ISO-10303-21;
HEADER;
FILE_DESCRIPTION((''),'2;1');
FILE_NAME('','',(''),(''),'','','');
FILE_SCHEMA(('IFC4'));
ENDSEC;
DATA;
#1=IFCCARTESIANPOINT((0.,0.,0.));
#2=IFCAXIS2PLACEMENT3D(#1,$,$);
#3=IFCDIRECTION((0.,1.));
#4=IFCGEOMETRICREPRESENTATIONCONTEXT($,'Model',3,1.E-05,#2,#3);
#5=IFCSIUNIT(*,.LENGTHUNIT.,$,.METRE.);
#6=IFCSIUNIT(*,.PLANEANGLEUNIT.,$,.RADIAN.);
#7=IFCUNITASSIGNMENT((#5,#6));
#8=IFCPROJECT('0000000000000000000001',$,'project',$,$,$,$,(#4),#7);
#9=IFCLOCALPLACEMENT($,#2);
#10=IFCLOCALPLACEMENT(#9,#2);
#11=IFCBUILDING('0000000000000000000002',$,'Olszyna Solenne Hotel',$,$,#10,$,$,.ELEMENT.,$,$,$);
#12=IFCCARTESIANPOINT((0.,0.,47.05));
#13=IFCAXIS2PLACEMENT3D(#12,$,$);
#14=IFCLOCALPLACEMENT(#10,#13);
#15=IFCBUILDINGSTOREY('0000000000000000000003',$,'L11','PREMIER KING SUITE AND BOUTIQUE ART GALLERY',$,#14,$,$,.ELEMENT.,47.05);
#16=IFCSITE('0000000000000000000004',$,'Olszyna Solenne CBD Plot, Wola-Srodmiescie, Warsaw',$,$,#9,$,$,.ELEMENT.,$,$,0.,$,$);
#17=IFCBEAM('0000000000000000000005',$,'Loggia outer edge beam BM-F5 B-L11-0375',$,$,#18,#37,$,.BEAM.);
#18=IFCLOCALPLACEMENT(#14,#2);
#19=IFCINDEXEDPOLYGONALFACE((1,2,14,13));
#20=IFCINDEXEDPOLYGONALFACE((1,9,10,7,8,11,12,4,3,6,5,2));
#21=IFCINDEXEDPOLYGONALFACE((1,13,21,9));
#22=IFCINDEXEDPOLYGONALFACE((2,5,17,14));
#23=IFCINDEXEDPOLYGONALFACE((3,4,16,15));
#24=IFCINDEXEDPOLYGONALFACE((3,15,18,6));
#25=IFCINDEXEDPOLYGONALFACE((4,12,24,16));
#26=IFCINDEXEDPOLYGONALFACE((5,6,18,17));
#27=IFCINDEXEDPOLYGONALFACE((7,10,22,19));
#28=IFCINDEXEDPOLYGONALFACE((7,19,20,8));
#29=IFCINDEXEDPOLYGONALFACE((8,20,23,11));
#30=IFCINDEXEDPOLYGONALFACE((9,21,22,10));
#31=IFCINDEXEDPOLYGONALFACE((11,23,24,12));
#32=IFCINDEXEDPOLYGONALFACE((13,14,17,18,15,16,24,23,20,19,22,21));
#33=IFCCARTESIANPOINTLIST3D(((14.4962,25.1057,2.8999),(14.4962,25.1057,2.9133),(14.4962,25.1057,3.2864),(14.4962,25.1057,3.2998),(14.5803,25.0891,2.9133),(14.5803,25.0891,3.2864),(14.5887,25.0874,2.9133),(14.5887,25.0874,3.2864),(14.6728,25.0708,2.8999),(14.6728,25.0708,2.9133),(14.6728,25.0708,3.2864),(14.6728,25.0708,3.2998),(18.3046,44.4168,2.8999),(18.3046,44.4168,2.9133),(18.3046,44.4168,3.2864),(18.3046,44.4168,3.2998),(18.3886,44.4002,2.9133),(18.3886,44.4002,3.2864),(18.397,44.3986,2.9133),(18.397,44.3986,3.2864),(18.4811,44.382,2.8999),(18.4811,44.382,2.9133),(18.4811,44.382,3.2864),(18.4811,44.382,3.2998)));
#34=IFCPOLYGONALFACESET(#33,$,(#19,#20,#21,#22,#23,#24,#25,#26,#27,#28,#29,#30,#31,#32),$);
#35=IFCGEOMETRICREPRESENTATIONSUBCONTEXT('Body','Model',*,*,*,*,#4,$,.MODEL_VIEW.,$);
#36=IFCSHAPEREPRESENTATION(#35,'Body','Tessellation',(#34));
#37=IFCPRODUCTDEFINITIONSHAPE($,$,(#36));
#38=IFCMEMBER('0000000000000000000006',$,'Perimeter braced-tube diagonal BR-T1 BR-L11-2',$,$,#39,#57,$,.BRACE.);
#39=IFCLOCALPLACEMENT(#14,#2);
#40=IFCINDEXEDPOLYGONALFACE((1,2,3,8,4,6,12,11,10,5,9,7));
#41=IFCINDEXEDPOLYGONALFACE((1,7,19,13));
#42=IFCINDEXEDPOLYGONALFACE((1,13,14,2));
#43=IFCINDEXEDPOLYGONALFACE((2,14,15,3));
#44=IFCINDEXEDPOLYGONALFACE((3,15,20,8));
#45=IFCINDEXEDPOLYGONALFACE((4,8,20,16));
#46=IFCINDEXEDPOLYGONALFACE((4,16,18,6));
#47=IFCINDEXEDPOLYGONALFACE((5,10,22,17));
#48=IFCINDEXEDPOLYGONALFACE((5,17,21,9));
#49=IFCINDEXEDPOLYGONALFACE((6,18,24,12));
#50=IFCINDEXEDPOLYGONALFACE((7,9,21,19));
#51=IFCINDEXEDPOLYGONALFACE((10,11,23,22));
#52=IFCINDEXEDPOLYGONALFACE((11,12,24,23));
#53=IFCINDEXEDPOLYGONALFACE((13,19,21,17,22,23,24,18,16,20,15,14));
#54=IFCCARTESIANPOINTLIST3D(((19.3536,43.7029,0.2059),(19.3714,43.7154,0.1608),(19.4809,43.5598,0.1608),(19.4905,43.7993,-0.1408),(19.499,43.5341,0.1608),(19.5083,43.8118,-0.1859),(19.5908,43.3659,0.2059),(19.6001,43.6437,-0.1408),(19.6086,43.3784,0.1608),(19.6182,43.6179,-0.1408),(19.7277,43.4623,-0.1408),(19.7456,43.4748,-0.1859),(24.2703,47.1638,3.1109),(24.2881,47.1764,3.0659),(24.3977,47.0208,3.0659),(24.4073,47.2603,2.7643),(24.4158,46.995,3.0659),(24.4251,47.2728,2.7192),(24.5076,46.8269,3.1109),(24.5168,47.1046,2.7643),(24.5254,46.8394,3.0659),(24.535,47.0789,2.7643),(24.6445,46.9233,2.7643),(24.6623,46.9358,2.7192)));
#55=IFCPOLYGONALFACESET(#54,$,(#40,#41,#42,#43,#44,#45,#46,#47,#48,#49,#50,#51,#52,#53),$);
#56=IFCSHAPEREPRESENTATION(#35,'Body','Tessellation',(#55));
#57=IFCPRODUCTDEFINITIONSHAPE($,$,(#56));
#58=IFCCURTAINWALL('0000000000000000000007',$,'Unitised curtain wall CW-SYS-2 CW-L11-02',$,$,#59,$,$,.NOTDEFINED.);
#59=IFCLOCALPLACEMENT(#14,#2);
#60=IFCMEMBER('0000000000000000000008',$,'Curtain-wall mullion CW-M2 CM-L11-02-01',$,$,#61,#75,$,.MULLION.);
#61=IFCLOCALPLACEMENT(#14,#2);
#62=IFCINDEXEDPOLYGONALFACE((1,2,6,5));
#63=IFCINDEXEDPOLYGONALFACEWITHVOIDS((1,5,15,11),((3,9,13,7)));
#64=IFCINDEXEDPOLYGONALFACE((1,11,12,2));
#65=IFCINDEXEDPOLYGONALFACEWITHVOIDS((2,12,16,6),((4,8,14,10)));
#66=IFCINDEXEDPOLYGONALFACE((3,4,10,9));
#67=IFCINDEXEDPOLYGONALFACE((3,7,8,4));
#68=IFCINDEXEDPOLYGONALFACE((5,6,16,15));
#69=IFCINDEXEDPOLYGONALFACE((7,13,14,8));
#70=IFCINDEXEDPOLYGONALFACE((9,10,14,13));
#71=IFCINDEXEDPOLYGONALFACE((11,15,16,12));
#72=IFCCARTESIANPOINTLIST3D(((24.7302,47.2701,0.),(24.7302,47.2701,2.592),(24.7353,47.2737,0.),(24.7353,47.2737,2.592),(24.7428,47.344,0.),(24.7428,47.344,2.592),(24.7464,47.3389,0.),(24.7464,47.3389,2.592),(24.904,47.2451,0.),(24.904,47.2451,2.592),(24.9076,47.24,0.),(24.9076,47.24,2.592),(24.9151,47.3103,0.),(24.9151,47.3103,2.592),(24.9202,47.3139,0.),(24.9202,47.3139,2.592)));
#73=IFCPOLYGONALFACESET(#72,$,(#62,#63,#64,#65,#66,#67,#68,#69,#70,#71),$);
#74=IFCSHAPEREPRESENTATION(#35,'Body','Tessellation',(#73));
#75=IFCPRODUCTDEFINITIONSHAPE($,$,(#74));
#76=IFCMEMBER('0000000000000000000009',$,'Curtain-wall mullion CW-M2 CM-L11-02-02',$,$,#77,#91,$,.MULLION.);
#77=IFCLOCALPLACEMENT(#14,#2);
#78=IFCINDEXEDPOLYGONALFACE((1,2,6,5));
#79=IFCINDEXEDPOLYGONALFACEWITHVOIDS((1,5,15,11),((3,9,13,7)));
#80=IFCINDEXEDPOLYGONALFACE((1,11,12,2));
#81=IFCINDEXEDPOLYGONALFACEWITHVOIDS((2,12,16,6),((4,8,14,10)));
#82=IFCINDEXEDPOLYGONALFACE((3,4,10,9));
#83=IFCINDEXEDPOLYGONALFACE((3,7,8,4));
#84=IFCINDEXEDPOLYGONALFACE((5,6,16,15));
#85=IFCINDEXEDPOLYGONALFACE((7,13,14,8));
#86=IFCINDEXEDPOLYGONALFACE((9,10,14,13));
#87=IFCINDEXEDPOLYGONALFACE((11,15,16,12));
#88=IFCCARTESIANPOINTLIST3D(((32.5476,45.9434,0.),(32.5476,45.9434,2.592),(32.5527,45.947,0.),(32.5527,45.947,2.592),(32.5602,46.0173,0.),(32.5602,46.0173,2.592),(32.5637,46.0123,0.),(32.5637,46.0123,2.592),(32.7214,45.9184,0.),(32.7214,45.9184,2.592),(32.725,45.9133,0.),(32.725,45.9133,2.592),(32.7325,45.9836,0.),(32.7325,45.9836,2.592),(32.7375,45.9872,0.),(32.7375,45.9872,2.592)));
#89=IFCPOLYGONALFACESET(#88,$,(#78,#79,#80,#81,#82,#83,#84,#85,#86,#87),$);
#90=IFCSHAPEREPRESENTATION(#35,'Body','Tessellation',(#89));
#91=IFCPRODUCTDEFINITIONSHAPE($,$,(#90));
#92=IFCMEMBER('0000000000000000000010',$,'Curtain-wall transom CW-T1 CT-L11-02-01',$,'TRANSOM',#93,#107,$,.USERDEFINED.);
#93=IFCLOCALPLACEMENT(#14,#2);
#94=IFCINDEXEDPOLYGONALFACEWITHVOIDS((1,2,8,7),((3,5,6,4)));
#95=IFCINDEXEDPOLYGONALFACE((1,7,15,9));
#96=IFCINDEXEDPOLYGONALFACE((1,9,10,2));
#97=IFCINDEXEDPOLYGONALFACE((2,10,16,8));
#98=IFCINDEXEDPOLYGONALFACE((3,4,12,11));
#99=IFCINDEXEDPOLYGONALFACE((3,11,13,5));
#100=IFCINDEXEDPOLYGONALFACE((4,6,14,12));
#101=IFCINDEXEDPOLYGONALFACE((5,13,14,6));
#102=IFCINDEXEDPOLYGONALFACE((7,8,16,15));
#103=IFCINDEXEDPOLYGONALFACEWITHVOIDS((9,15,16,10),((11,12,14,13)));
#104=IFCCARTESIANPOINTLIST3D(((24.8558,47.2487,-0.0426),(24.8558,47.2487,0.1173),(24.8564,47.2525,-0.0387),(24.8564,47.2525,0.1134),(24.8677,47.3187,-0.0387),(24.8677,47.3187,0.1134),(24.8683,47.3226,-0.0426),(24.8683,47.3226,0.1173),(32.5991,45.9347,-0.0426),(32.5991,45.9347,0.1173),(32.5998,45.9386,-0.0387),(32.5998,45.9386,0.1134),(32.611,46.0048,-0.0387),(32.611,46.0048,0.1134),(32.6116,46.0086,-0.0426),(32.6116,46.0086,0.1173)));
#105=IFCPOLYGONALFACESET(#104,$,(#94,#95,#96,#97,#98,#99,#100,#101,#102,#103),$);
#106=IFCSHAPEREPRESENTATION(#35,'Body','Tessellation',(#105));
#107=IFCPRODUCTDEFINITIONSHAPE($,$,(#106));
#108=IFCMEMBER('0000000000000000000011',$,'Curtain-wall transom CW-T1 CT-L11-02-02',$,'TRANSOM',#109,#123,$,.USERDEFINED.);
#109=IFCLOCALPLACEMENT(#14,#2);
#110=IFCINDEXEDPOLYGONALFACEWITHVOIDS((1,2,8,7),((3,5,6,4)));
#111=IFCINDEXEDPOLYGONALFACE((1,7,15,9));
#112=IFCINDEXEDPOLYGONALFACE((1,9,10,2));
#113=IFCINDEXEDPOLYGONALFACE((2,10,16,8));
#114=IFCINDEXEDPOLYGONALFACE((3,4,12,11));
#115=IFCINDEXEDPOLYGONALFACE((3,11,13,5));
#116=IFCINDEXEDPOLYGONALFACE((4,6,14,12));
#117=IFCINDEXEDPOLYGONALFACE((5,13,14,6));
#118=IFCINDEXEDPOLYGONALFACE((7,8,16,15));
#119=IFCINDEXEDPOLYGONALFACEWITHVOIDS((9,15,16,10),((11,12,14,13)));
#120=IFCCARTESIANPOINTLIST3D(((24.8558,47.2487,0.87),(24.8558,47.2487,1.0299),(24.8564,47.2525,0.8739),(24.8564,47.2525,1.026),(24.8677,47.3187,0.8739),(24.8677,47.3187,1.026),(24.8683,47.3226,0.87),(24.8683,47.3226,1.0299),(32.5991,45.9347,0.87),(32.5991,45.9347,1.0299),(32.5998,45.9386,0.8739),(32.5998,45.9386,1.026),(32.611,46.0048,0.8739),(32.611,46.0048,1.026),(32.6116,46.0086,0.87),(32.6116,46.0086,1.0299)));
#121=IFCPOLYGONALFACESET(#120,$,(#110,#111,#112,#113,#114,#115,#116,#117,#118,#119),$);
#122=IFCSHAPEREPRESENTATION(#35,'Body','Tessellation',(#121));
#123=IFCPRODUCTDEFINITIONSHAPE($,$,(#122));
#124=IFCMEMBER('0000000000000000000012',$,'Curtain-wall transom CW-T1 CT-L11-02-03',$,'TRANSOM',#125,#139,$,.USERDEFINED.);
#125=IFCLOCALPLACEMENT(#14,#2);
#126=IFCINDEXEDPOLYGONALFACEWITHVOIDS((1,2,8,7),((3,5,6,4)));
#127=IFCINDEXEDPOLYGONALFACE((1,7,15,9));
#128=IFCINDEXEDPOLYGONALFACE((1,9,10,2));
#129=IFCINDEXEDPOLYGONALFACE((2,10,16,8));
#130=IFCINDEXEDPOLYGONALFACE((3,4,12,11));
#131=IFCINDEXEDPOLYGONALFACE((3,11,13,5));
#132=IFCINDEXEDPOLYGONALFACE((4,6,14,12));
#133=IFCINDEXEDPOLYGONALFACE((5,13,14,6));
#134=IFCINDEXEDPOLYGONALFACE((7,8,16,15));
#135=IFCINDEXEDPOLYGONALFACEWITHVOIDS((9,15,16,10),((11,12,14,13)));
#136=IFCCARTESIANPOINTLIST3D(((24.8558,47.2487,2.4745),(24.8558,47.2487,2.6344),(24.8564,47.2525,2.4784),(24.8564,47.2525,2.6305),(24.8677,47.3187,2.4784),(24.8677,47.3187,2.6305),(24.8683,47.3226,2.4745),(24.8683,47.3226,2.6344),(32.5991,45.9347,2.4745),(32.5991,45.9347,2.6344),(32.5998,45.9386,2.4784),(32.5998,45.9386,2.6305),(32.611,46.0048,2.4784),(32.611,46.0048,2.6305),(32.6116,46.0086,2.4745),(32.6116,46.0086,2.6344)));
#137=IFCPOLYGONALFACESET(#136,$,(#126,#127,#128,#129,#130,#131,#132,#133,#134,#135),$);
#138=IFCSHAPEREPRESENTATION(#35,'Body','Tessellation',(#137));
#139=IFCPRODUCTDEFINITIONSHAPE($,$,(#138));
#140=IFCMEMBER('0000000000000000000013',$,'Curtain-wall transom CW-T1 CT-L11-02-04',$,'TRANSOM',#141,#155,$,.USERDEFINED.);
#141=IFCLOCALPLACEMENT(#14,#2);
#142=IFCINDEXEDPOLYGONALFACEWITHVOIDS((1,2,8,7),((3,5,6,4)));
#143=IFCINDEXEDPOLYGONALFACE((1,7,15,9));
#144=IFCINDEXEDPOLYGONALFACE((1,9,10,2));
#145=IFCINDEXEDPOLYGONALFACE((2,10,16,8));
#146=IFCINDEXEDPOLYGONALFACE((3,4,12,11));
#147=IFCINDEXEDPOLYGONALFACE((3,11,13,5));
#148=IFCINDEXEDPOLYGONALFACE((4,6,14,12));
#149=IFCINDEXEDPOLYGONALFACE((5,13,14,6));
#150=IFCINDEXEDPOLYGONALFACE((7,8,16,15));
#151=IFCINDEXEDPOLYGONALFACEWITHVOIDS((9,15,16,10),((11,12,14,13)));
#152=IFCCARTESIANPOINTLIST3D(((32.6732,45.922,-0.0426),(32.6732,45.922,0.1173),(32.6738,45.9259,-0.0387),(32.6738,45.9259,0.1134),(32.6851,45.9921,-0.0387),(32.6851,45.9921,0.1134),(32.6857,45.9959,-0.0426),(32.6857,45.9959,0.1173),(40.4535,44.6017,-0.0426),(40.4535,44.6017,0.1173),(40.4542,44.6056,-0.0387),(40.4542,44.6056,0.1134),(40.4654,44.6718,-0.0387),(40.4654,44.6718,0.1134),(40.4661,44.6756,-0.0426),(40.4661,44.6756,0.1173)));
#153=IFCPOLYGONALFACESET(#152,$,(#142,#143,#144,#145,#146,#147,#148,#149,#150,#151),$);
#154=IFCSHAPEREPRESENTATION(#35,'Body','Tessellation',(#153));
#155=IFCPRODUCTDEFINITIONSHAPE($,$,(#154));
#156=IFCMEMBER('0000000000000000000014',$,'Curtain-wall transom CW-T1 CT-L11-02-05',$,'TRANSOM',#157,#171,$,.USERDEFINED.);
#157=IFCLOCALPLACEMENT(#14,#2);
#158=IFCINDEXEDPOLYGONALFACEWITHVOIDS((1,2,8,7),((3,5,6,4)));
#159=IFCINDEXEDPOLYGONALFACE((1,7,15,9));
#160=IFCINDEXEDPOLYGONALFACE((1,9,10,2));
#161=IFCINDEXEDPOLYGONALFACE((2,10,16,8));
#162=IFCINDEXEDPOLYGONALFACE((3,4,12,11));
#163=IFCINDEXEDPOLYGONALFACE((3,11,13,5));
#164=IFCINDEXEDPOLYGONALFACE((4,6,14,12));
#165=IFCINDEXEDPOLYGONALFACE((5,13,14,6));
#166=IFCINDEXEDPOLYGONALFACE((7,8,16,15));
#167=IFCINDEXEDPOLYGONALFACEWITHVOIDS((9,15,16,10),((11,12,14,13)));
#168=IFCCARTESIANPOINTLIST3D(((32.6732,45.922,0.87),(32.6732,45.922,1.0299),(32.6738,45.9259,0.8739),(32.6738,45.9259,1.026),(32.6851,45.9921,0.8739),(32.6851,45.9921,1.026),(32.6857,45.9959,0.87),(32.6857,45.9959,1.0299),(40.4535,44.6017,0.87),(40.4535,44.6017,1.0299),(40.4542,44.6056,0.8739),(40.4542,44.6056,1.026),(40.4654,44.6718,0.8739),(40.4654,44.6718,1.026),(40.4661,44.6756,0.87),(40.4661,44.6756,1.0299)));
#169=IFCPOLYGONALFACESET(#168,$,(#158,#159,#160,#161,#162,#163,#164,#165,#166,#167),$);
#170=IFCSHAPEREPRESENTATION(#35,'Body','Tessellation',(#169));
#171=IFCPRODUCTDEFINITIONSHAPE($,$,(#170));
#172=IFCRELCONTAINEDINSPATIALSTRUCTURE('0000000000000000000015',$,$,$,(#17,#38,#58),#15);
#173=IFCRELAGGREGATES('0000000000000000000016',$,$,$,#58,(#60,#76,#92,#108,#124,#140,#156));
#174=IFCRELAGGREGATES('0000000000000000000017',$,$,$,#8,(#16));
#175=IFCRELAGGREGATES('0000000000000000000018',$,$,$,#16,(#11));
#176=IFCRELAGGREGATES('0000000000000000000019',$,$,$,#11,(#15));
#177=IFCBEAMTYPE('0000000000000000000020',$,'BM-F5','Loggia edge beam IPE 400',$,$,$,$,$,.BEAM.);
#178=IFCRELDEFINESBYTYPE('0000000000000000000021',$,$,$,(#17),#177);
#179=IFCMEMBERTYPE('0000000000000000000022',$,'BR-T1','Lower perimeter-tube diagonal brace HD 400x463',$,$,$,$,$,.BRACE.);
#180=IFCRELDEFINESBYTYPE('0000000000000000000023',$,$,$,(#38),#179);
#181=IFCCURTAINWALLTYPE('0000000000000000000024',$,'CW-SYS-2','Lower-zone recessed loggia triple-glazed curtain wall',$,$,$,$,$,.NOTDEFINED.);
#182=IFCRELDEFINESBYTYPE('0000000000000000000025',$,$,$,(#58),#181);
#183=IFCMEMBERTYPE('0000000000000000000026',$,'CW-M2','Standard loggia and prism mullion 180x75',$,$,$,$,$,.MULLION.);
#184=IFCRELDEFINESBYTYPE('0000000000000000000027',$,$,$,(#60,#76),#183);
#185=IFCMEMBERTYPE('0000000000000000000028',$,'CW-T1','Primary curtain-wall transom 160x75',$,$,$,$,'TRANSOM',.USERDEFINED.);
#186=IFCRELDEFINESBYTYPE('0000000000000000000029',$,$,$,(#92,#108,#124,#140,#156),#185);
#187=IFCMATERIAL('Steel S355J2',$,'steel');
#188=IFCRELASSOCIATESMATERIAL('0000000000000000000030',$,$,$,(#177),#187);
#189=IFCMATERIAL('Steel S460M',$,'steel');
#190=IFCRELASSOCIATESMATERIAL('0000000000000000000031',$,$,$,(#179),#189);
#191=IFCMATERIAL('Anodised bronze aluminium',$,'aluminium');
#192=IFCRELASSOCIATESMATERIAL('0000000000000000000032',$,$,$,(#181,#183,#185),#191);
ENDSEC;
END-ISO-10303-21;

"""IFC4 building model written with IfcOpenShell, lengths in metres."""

from ifc_helpers import new_model, si_unit, direction, frame, origin, origin_2d, place, context, subcontext, project, spatial, hollow_rectangle, i_section, extrude, source, transform, mapped, material, material_profile, profile_set, type_object, element, aggregate, save


model = new_model("IFC4")

# Units and contexts
model_context = context("Model", 3, precision=1e-05, world=origin(), true_north=direction((0.0, 1.0)))
body_context = subcontext(model_context, "Body", "Model", "MODEL_VIEW")
ifc_project = project(units=[si_unit("LENGTHUNIT", "METRE"), si_unit("PLANEANGLEUNIT", "RADIAN")], contexts=[model_context])

# Site, building, storey
site_placement = place(None, origin())
site = spatial("IfcSite", under=ifc_project, at=site_placement, Name="Olszyna Solenne CBD Plot, Wola-Srodmiescie, Warsaw", CompositionType="ELEMENT", RefElevation=0.0)
building_placement = place(site_placement, origin())
building = spatial("IfcBuilding", under=site, at=building_placement, Name="Olszyna Solenne Hotel", CompositionType="ELEMENT")
storey_placement = place(building_placement, frame((0.0, 0.0, 47.05)))
storey = spatial("IfcBuildingStorey", under=building, at=storey_placement, Name="L11", Description="PREMIER KING SUITE AND BOUTIQUE ART GALLERY", CompositionType="ELEMENT", Elevation=47.05)

# Shared definitions
ifc_material_1 = material(Name="Steel S460M", Category="steel")

# Beam
ifc_material_2 = material(Name="Steel S355J2", Category="steel")
ifc_material_profile_1 = material_profile(ifc_material_2, i_section(OverallWidth=0.1799, OverallDepth=0.3999, WebThickness=0.0085, FlangeThickness=0.0134, at=origin_2d()), Name="IPE 400", Category="load-bearing")
ifc_profile_set_1 = profile_set([ifc_material_profile_1], Name="Steel S355J2")
beam_type_1 = type_object("IfcBeamType", Name="BM-F5", Description="Loggia edge beam IPE 400", PredefinedType="BEAM", material=ifc_profile_set_1)
shared_shape_1 = source(origin(), body_context, "Body", "SweptSolid", [
    extrude(i_section(OverallWidth=0.1799, OverallDepth=0.3999, WebThickness=0.0085, FlangeThickness=0.0134, at=origin_2d()), origin(), (0.0, 0.0, 1.0), 19.6831),
])
beam_1_placement = place(storey_placement, frame((18.3928, 44.3994, 3.0999), z_axis=(-0.193482, -0.981104, 0.0), x_axis=(0.981104, -0.193482, 0.0)))
element("IfcBeam", 1, at=beam_1_placement, inside=storey, type_object=beam_type_1, Name="Loggia outer edge beam BM-F5 B-L11-0375", PredefinedType="BEAM", context=body_context, shape_type="MappedRepresentation", body=[
    mapped(shared_shape_1, transform((0.0, 0.0, 0.0), x_axis=(1.0, 0.0, 0.0), y_axis=(0.0, 1.0, 0.0), z_axis=(0.0, 0.0, 1.0), scale=1.0)),
])

# Member
ifc_material_profile_2 = material_profile(ifc_material_1, i_section(OverallWidth=0.4121, OverallDepth=0.4351, WebThickness=0.0315, FlangeThickness=0.05, at=origin_2d()), Name="HD 400x463", Category="load-bearing")
ifc_profile_set_2 = profile_set([ifc_material_profile_2], Name="Steel S460M")
member_type_1 = type_object("IfcMemberType", Name="BR-T1", Description="Lower perimeter-tube diagonal brace HD 400x463", PredefinedType="BRACE", material=ifc_profile_set_2)
shared_shape_2 = source(origin(), body_context, "Body", "SweptSolid", [
    extrude(i_section(OverallWidth=0.4121, OverallDepth=0.4351, WebThickness=0.0315, FlangeThickness=0.05, at=origin_2d()), origin(), (0.0, 0.0, 1.0), 6.6777),
])
member_1_placement = place(storey_placement, frame((19.5496, 43.5889, 0.01), z_axis=(0.736293, 0.518283, 0.435034), x_axis=(-0.575605, 0.817728, 0.0)))
element("IfcMember", 2, at=member_1_placement, inside=storey, type_object=member_type_1, Name="Perimeter braced-tube diagonal BR-T1 BR-L11-2", PredefinedType="BRACE", context=body_context, shape_type="MappedRepresentation", body=[
    mapped(shared_shape_2, transform((0.0, 0.0, 0.0), x_axis=(1.0, 0.0, 0.0), y_axis=(0.0, 1.0, 0.0), z_axis=(0.0, 0.0, 1.0), scale=1.0)),
])

# Curtain wall, members
ifc_material_3 = material(Name="Anodised bronze aluminium", Category="aluminium")
curtain_wall_type = type_object("IfcCurtainWallType", Name="CW-SYS-2", Description="Lower-zone recessed loggia triple-glazed curtain wall", PredefinedType="NOTDEFINED", material=ifc_material_3)
curtain_wall_placement = place(storey_placement, origin())
curtain_wall = element("IfcCurtainWall", 3, at=curtain_wall_placement, inside=storey, type_object=curtain_wall_type, Name="Unitised curtain wall CW-SYS-2 CW-L11-02", PredefinedType="NOTDEFINED")
ifc_material_profile_3 = material_profile(ifc_material_3, hollow_rectangle(XDim=0.075, YDim=0.1799, WallThickness=0.0044, at=origin_2d()), Name="MULL 180x75x4.5", Category="load-bearing")
ifc_profile_set_3 = profile_set([ifc_material_profile_3], Name="Anodised bronze aluminium")
member_type_2 = type_object("IfcMemberType", Name="CW-M2", Description="Standard loggia and prism mullion 180x75", PredefinedType="MULLION", material=ifc_profile_set_3)
shared_shape_3 = source(origin(), body_context, "Body", "SweptSolid", [
    extrude(hollow_rectangle(XDim=0.075, YDim=0.1799, WallThickness=0.0044, at=origin_2d()), origin(), (0.0, 0.0, 1.0), 2.592),
])
member_2_placement = place(storey_placement, frame((24.8252, 47.292, 0.0), z_axis=(0.0, 0.0, 1.0), x_axis=(0.16732, 0.985903, 0.0)))
member_2 = element("IfcMember", 4, at=member_2_placement, type_object=member_type_2, Name="Curtain-wall mullion CW-M2 CM-L11-02-01", PredefinedType="MULLION", context=body_context, shape_type="MappedRepresentation", body=[
    mapped(shared_shape_3, transform((0.0, 0.0, 0.0), x_axis=(1.0, 0.0, 0.0), y_axis=(0.0, 1.0, 0.0), z_axis=(0.0, 0.0, 1.0), scale=1.0)),
])
member_3_placement = place(storey_placement, frame((32.6426, 45.9653, 0.0), z_axis=(0.0, 0.0, 1.0), x_axis=(0.16732, 0.985903, 0.0)))
member_3 = element("IfcMember", 5, at=member_3_placement, type_object=member_type_2, Name="Curtain-wall mullion CW-M2 CM-L11-02-02", PredefinedType="MULLION", context=body_context, shape_type="MappedRepresentation", body=[
    mapped(shared_shape_3, transform((0.0, 0.0, 0.0), x_axis=(1.0, 0.0, 0.0), y_axis=(0.0, 1.0, 0.0), z_axis=(0.0, 0.0, 1.0), scale=1.0)),
])
ifc_material_profile_4 = material_profile(ifc_material_3, hollow_rectangle(XDim=0.075, YDim=0.1599, WallThickness=0.0039, at=origin_2d()), Name="TRAN 160x75x4", Category="load-bearing")
ifc_profile_set_4 = profile_set([ifc_material_profile_4], Name="Anodised bronze aluminium")
member_type_3 = type_object("IfcMemberType", Name="CW-T1", Description="Primary curtain-wall transom 160x75", ElementType="TRANSOM", PredefinedType="USERDEFINED", material=ifc_profile_set_4)
shared_shape_4 = source(origin(), body_context, "Body", "SweptSolid", [
    extrude(hollow_rectangle(XDim=0.075, YDim=0.1599, WallThickness=0.0039, at=origin_2d()), origin(), (0.0, 0.0, 1.0), 7.854),
])
member_4_placement = place(storey_placement, frame((24.8621, 47.2856, 0.0374), z_axis=(0.985907, -0.167297, 0.0), x_axis=(0.167297, 0.985907, 0.0)))
member_4 = element("IfcMember", 6, at=member_4_placement, type_object=member_type_3, Name="Curtain-wall transom CW-T1 CT-L11-02-01", ObjectType="TRANSOM", PredefinedType="USERDEFINED", context=body_context, shape_type="MappedRepresentation", body=[
    mapped(shared_shape_4, transform((0.0, 0.0, 0.0), x_axis=(1.0, 0.0, 0.0), y_axis=(0.0, 1.0, 0.0), z_axis=(0.0, 0.0, 1.0), scale=1.0)),
])
member_5_placement = place(storey_placement, frame((24.8621, 47.2856, 0.95), z_axis=(0.985907, -0.167297, 0.0), x_axis=(0.167297, 0.985907, 0.0)))
member_5 = element("IfcMember", 7, at=member_5_placement, type_object=member_type_3, Name="Curtain-wall transom CW-T1 CT-L11-02-02", ObjectType="TRANSOM", PredefinedType="USERDEFINED", context=body_context, shape_type="MappedRepresentation", body=[
    mapped(shared_shape_4, transform((0.0, 0.0, 0.0), x_axis=(1.0, 0.0, 0.0), y_axis=(0.0, 1.0, 0.0), z_axis=(0.0, 0.0, 1.0), scale=1.0)),
])
member_6_placement = place(storey_placement, frame((24.8621, 47.2856, 2.5544), z_axis=(0.985907, -0.167297, 0.0), x_axis=(0.167297, 0.985907, 0.0)))
member_6 = element("IfcMember", 8, at=member_6_placement, type_object=member_type_3, Name="Curtain-wall transom CW-T1 CT-L11-02-03", ObjectType="TRANSOM", PredefinedType="USERDEFINED", context=body_context, shape_type="MappedRepresentation", body=[
    mapped(shared_shape_4, transform((0.0, 0.0, 0.0), x_axis=(1.0, 0.0, 0.0), y_axis=(0.0, 1.0, 0.0), z_axis=(0.0, 0.0, 1.0), scale=1.0)),
])
shared_shape_5 = source(origin(), body_context, "Body", "SweptSolid", [
    extrude(hollow_rectangle(XDim=0.075, YDim=0.1599, WallThickness=0.0039, at=origin_2d()), origin(), (0.0, 0.0, 1.0), 7.8916),
])
member_7_placement = place(storey_placement, frame((32.6794, 45.959, 0.0374), z_axis=(0.985905, -0.167308, 0.0), x_axis=(0.167308, 0.985905, 0.0)))
member_7 = element("IfcMember", 9, at=member_7_placement, type_object=member_type_3, Name="Curtain-wall transom CW-T1 CT-L11-02-04", ObjectType="TRANSOM", PredefinedType="USERDEFINED", context=body_context, shape_type="MappedRepresentation", body=[
    mapped(shared_shape_5, transform((0.0, 0.0, 0.0), x_axis=(1.0, 0.0, 0.0), y_axis=(0.0, 1.0, 0.0), z_axis=(0.0, 0.0, 1.0), scale=1.0)),
])
member_8_placement = place(storey_placement, frame((32.6794, 45.959, 0.95), z_axis=(0.985905, -0.167308, 0.0), x_axis=(0.167308, 0.985905, 0.0)))
member_8 = element("IfcMember", 10, at=member_8_placement, type_object=member_type_3, Name="Curtain-wall transom CW-T1 CT-L11-02-05", ObjectType="TRANSOM", PredefinedType="USERDEFINED", context=body_context, shape_type="MappedRepresentation", body=[
    mapped(shared_shape_5, transform((0.0, 0.0, 0.0), x_axis=(1.0, 0.0, 0.0), y_axis=(0.0, 1.0, 0.0), z_axis=(0.0, 0.0, 1.0), scale=1.0)),
])

aggregate(curtain_wall, [member_2, member_3, member_4, member_5, member_6, member_7, member_8])

save(model, "model.ifc")
